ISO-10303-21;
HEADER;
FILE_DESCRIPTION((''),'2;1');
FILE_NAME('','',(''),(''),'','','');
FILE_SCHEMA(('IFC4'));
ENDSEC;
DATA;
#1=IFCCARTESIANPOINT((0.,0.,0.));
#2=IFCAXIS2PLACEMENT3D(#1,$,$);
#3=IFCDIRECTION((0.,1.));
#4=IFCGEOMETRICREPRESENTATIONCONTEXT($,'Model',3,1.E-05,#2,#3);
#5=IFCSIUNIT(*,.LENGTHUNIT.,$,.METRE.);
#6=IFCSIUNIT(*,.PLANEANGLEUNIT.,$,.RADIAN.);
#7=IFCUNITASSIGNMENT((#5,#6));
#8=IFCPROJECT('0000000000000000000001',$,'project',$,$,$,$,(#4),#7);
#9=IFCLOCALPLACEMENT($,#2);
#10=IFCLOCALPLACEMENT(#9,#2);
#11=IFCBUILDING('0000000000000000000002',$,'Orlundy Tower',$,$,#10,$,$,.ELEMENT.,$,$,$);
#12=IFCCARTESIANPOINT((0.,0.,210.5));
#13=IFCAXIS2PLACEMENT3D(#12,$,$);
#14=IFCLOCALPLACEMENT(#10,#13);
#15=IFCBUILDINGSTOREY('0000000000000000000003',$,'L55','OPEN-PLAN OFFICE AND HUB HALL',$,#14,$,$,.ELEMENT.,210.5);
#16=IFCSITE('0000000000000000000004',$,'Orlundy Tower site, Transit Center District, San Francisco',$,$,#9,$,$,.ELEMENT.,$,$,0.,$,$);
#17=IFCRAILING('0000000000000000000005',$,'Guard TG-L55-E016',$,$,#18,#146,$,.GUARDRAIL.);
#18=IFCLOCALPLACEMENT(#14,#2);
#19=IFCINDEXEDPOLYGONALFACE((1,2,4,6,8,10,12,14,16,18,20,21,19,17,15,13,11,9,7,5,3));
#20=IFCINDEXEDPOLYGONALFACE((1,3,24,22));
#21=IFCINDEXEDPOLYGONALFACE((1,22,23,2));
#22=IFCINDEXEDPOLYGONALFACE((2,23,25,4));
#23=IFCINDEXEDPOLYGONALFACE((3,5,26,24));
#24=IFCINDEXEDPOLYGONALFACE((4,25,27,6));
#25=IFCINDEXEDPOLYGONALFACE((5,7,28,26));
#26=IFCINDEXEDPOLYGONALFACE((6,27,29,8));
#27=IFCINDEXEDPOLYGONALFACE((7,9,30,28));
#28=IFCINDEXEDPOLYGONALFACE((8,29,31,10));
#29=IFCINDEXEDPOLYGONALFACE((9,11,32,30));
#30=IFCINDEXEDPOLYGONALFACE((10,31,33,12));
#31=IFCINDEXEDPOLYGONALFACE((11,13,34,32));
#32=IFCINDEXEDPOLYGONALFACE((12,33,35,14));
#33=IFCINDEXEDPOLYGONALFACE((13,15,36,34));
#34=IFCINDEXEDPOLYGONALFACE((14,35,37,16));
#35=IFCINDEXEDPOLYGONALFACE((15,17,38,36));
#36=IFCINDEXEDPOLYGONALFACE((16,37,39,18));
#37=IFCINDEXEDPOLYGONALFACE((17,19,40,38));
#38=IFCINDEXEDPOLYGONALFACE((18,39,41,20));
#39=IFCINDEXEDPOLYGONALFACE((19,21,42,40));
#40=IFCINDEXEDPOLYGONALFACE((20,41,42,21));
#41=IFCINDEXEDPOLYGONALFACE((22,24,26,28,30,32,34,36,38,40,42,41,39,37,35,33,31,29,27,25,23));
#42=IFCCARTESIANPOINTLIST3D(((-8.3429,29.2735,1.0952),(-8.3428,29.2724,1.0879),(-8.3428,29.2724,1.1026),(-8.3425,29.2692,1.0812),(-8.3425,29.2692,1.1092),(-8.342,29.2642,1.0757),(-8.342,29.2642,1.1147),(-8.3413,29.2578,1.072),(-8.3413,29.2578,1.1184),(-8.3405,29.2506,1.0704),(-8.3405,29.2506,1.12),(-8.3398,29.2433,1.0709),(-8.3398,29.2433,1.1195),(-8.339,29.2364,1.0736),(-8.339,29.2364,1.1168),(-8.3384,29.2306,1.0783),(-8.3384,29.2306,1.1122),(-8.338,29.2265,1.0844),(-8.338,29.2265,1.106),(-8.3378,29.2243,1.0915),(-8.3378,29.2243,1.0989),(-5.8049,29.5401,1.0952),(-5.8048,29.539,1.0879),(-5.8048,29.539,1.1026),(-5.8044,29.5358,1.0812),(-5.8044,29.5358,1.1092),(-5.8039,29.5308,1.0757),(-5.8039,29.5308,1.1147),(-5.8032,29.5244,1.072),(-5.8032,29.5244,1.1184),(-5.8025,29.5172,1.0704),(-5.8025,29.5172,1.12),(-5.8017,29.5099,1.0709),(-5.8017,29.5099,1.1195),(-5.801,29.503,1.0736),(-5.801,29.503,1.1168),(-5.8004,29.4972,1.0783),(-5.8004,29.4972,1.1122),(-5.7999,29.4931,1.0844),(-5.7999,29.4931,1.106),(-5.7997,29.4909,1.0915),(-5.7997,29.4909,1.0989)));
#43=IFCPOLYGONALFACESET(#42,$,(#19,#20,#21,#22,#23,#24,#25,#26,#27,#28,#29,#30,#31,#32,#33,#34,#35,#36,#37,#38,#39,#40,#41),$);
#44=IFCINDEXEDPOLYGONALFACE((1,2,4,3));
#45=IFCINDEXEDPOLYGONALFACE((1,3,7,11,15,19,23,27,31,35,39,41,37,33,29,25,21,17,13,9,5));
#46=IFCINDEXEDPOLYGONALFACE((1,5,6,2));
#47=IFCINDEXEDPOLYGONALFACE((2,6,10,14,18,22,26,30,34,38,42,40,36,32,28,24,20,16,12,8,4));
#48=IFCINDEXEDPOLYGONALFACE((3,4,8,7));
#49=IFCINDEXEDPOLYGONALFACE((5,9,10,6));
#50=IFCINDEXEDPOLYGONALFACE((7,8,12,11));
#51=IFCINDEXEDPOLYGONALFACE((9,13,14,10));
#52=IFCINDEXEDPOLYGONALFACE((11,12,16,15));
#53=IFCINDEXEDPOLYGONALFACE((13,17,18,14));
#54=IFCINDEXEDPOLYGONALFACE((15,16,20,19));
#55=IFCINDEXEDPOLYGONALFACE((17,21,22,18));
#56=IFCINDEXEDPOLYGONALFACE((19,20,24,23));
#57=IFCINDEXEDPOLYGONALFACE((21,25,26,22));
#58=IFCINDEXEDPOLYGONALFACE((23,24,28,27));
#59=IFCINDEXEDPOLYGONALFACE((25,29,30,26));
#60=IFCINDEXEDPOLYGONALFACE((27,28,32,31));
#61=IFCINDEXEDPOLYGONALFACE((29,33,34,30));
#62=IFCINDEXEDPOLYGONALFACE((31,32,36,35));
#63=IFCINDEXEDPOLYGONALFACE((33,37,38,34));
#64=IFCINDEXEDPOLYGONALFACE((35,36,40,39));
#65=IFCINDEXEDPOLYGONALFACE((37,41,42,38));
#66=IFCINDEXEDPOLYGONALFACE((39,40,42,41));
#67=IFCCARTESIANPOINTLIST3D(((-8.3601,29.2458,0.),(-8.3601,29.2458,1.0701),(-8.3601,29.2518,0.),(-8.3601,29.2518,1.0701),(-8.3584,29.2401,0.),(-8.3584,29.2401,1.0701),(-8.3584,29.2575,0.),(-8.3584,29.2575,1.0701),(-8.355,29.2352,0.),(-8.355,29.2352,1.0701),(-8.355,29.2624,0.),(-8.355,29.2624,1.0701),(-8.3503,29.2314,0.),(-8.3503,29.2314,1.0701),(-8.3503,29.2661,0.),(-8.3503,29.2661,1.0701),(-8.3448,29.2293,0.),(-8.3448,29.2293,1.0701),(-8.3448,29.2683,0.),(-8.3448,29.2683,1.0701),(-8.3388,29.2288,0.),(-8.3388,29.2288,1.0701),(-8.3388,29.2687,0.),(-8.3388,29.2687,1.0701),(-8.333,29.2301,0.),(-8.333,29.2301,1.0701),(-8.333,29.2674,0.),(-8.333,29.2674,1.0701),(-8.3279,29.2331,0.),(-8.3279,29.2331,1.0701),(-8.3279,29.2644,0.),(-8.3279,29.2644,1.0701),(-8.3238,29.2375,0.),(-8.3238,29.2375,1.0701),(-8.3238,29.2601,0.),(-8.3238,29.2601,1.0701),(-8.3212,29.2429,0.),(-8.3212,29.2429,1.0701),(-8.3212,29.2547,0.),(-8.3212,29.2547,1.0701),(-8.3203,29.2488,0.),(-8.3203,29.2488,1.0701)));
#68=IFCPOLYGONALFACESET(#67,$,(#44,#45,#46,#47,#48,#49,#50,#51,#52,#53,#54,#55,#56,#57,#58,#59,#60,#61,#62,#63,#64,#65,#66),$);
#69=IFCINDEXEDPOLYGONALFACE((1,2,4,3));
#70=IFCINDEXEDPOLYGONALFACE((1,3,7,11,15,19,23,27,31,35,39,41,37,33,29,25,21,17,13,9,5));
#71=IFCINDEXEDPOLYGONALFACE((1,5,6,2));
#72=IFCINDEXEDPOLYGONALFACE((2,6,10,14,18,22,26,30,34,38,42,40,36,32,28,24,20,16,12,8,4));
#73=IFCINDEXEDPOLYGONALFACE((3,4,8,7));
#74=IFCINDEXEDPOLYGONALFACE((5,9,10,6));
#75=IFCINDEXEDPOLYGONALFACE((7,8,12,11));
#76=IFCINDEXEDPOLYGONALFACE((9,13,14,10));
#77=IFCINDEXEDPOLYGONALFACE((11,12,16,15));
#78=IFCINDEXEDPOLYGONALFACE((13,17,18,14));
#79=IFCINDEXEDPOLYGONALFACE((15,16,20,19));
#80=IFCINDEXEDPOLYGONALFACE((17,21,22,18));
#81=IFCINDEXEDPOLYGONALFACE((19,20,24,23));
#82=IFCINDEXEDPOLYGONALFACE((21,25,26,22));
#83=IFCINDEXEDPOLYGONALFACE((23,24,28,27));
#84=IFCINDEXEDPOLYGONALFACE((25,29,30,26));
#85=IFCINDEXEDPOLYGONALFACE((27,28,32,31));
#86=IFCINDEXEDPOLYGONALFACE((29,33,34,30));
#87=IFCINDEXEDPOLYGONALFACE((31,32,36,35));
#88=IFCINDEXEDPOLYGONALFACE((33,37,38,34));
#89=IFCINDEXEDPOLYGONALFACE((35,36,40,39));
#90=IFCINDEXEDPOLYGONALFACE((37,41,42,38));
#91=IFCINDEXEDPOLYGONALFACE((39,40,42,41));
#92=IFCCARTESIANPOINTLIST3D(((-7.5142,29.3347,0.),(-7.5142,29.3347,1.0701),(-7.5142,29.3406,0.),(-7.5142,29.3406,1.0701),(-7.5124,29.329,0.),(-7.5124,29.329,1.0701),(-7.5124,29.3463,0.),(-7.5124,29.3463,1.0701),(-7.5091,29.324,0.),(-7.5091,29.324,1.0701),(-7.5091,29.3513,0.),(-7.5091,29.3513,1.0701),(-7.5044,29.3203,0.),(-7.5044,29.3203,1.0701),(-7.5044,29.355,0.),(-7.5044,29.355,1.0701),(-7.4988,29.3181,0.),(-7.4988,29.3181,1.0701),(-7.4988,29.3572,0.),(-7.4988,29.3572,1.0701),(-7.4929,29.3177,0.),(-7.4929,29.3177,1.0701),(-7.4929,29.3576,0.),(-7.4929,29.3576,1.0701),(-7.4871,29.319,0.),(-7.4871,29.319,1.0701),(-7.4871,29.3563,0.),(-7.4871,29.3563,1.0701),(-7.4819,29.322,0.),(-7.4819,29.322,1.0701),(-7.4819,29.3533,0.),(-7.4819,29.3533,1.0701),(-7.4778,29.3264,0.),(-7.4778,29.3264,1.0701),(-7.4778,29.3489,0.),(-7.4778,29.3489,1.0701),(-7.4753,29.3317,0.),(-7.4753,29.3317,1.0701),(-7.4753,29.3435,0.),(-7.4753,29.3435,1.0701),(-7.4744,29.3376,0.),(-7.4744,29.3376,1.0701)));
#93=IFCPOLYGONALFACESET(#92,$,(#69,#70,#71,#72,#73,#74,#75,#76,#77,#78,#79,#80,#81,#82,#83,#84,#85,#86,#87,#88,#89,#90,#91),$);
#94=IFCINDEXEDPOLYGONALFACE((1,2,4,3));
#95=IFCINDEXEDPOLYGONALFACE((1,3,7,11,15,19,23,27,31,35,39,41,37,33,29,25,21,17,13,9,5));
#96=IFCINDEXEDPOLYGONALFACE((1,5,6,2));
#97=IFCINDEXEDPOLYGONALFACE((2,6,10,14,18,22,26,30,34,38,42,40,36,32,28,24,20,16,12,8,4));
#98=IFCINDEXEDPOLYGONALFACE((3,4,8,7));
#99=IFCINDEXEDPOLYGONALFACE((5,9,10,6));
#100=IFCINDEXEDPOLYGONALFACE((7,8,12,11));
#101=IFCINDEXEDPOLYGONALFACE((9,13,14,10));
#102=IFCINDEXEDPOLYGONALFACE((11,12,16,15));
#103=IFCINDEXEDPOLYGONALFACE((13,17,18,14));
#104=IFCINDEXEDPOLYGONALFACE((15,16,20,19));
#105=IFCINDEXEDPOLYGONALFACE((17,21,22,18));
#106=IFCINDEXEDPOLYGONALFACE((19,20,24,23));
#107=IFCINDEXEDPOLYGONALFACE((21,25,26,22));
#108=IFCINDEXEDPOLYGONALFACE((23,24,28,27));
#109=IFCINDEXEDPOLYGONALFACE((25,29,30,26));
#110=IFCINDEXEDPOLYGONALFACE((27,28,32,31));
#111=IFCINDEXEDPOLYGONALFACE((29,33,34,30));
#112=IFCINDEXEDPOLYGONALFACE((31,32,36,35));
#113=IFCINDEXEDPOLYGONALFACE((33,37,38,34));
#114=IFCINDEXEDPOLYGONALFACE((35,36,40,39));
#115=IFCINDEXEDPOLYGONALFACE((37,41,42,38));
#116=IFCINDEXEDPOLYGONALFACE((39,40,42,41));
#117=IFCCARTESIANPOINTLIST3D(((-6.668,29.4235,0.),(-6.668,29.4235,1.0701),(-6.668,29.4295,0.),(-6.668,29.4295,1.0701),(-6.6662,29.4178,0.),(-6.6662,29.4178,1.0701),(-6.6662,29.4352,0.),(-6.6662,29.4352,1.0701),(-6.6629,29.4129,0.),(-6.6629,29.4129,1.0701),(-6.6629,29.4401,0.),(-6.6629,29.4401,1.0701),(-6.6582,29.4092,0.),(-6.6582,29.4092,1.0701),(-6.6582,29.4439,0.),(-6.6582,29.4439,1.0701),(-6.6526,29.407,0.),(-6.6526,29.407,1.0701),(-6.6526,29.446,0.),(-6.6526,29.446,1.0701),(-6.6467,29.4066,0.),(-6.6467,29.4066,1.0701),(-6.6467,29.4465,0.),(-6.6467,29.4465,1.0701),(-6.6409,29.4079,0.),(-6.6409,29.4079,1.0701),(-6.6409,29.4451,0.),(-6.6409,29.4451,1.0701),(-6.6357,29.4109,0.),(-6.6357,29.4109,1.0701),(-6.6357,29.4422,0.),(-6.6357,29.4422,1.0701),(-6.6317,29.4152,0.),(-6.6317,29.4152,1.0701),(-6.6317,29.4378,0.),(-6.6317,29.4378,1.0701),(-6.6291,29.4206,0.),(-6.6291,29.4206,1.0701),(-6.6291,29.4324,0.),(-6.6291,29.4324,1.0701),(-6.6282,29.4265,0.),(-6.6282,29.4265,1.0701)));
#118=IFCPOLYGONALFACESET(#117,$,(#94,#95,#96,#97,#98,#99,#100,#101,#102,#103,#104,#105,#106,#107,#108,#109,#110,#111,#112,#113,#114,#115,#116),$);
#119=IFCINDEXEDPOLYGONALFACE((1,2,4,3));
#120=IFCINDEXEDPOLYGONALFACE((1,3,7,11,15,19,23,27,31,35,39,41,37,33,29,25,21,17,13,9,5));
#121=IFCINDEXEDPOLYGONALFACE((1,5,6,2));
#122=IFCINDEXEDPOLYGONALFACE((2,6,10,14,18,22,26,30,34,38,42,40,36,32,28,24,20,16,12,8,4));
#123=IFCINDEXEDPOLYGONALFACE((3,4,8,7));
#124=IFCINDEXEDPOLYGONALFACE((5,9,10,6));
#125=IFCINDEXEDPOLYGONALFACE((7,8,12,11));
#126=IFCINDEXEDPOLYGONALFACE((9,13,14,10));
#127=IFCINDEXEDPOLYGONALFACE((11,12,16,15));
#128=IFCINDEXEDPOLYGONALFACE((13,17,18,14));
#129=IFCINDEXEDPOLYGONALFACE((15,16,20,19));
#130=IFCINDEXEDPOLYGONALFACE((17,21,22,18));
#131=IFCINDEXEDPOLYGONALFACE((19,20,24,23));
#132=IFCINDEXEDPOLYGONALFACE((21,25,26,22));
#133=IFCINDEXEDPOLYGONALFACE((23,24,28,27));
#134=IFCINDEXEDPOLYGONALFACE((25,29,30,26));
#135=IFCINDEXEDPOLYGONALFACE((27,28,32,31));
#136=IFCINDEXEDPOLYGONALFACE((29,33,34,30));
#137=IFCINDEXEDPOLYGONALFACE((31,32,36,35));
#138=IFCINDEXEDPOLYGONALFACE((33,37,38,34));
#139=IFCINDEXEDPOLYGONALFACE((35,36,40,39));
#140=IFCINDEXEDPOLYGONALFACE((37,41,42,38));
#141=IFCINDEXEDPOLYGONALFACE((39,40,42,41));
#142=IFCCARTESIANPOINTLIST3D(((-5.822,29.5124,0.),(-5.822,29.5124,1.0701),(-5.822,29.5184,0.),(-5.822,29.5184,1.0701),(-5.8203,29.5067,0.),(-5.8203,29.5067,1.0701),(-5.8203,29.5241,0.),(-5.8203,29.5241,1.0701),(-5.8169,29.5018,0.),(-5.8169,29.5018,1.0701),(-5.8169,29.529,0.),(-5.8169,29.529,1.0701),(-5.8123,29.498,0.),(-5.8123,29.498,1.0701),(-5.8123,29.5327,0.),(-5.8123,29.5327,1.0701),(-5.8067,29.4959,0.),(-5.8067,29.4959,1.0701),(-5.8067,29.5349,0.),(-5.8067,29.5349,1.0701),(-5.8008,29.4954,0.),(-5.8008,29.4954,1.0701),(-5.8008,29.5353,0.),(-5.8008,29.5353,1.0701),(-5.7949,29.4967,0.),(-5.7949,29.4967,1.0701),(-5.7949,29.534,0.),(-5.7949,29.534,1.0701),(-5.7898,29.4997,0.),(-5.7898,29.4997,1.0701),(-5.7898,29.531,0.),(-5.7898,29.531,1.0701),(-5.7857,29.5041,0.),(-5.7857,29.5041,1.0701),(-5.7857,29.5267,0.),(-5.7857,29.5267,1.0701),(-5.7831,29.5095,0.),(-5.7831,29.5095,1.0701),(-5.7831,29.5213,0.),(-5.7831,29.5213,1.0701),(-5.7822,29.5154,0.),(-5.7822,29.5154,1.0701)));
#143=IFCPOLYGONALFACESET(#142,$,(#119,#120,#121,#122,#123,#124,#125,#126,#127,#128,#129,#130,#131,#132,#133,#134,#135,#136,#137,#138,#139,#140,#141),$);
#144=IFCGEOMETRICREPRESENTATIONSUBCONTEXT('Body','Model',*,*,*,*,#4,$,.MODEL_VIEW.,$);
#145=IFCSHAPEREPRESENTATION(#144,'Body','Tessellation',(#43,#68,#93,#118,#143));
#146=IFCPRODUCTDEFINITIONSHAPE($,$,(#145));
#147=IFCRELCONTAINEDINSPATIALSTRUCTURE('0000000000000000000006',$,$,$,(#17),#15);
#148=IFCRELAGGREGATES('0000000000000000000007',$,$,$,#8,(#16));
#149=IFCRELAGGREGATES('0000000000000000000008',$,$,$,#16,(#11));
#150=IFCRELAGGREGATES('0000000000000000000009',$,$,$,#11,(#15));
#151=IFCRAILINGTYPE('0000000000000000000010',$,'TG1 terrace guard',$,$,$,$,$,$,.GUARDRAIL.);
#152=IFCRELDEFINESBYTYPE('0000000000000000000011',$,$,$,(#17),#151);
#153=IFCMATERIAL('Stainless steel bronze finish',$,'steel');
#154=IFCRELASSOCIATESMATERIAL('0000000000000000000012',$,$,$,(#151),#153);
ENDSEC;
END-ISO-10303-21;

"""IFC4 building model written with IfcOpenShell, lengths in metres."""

from ifc_helpers import new_model, si_unit, direction, frame, origin, origin_2d, place, context, subcontext, project, spatial, circle, extrude, material, type_object, element, save


model = new_model("IFC4")

# Units and contexts
model_context = context("Model", 3, precision=1e-05, world=origin(), true_north=direction((0.0, 1.0)))
body_context = subcontext(model_context, "Body", "Model", "MODEL_VIEW")
ifc_project = project(units=[si_unit("LENGTHUNIT", "METRE"), si_unit("PLANEANGLEUNIT", "RADIAN")], contexts=[model_context])

# Site, building, storey
site_placement = place(None, origin())
site = spatial("IfcSite", under=ifc_project, at=site_placement, Name="Orlundy Tower site, Transit Center District, San Francisco", CompositionType="ELEMENT", RefElevation=0.0)
building_placement = place(site_placement, origin())
building = spatial("IfcBuilding", under=site, at=building_placement, Name="Orlundy Tower", CompositionType="ELEMENT")
storey_placement = place(building_placement, frame((0.0, 0.0, 210.5)))
storey = spatial("IfcBuildingStorey", under=building, at=storey_placement, Name="L55", Description="OPEN-PLAN OFFICE AND HUB HALL", CompositionType="ELEMENT", Elevation=210.5)

# Railing
ifc_material_1 = material(Name="Stainless steel bronze finish", Category="steel")
railing_type_1 = type_object("IfcRailingType", Name="TG1 terrace guard", PredefinedType="GUARDRAIL", material=ifc_material_1)
railing_1_placement = place(storey_placement, frame((-8.3403, 29.2488, 0.0)))
element("IfcRailing", 1, at=railing_1_placement, inside=storey, type_object=railing_type_1, Name="Guard TG-L55-E016", PredefinedType="GUARDRAIL", context=body_context, shape_type="SweptSolid", body=[
    extrude(circle(Radius=0.0249, at=origin_2d()), frame((0.0, 0.0, 1.0952), z_axis=(0.994528, 0.104466, 0.0), x_axis=(-0.104466, 0.994528, 0.0)), (0.0, 0.0, 1.0), 2.552),
    extrude(circle(Radius=0.02, at=origin_2d()), origin(), (0.0, 0.0, 1.0), 1.0701),
    extrude(circle(Radius=0.02, at=origin_2d()), frame((0.8459, 0.0889, 0.0)), (0.0, 0.0, 1.0), 1.0701),
    extrude(circle(Radius=0.02, at=origin_2d()), frame((1.6921, 0.1777, 0.0)), (0.0, 0.0, 1.0), 1.0701),
    extrude(circle(Radius=0.02, at=origin_2d()), frame((2.5381, 0.2666, 0.0)), (0.0, 0.0, 1.0), 1.0701),
])

save(model, "model.ifc")
